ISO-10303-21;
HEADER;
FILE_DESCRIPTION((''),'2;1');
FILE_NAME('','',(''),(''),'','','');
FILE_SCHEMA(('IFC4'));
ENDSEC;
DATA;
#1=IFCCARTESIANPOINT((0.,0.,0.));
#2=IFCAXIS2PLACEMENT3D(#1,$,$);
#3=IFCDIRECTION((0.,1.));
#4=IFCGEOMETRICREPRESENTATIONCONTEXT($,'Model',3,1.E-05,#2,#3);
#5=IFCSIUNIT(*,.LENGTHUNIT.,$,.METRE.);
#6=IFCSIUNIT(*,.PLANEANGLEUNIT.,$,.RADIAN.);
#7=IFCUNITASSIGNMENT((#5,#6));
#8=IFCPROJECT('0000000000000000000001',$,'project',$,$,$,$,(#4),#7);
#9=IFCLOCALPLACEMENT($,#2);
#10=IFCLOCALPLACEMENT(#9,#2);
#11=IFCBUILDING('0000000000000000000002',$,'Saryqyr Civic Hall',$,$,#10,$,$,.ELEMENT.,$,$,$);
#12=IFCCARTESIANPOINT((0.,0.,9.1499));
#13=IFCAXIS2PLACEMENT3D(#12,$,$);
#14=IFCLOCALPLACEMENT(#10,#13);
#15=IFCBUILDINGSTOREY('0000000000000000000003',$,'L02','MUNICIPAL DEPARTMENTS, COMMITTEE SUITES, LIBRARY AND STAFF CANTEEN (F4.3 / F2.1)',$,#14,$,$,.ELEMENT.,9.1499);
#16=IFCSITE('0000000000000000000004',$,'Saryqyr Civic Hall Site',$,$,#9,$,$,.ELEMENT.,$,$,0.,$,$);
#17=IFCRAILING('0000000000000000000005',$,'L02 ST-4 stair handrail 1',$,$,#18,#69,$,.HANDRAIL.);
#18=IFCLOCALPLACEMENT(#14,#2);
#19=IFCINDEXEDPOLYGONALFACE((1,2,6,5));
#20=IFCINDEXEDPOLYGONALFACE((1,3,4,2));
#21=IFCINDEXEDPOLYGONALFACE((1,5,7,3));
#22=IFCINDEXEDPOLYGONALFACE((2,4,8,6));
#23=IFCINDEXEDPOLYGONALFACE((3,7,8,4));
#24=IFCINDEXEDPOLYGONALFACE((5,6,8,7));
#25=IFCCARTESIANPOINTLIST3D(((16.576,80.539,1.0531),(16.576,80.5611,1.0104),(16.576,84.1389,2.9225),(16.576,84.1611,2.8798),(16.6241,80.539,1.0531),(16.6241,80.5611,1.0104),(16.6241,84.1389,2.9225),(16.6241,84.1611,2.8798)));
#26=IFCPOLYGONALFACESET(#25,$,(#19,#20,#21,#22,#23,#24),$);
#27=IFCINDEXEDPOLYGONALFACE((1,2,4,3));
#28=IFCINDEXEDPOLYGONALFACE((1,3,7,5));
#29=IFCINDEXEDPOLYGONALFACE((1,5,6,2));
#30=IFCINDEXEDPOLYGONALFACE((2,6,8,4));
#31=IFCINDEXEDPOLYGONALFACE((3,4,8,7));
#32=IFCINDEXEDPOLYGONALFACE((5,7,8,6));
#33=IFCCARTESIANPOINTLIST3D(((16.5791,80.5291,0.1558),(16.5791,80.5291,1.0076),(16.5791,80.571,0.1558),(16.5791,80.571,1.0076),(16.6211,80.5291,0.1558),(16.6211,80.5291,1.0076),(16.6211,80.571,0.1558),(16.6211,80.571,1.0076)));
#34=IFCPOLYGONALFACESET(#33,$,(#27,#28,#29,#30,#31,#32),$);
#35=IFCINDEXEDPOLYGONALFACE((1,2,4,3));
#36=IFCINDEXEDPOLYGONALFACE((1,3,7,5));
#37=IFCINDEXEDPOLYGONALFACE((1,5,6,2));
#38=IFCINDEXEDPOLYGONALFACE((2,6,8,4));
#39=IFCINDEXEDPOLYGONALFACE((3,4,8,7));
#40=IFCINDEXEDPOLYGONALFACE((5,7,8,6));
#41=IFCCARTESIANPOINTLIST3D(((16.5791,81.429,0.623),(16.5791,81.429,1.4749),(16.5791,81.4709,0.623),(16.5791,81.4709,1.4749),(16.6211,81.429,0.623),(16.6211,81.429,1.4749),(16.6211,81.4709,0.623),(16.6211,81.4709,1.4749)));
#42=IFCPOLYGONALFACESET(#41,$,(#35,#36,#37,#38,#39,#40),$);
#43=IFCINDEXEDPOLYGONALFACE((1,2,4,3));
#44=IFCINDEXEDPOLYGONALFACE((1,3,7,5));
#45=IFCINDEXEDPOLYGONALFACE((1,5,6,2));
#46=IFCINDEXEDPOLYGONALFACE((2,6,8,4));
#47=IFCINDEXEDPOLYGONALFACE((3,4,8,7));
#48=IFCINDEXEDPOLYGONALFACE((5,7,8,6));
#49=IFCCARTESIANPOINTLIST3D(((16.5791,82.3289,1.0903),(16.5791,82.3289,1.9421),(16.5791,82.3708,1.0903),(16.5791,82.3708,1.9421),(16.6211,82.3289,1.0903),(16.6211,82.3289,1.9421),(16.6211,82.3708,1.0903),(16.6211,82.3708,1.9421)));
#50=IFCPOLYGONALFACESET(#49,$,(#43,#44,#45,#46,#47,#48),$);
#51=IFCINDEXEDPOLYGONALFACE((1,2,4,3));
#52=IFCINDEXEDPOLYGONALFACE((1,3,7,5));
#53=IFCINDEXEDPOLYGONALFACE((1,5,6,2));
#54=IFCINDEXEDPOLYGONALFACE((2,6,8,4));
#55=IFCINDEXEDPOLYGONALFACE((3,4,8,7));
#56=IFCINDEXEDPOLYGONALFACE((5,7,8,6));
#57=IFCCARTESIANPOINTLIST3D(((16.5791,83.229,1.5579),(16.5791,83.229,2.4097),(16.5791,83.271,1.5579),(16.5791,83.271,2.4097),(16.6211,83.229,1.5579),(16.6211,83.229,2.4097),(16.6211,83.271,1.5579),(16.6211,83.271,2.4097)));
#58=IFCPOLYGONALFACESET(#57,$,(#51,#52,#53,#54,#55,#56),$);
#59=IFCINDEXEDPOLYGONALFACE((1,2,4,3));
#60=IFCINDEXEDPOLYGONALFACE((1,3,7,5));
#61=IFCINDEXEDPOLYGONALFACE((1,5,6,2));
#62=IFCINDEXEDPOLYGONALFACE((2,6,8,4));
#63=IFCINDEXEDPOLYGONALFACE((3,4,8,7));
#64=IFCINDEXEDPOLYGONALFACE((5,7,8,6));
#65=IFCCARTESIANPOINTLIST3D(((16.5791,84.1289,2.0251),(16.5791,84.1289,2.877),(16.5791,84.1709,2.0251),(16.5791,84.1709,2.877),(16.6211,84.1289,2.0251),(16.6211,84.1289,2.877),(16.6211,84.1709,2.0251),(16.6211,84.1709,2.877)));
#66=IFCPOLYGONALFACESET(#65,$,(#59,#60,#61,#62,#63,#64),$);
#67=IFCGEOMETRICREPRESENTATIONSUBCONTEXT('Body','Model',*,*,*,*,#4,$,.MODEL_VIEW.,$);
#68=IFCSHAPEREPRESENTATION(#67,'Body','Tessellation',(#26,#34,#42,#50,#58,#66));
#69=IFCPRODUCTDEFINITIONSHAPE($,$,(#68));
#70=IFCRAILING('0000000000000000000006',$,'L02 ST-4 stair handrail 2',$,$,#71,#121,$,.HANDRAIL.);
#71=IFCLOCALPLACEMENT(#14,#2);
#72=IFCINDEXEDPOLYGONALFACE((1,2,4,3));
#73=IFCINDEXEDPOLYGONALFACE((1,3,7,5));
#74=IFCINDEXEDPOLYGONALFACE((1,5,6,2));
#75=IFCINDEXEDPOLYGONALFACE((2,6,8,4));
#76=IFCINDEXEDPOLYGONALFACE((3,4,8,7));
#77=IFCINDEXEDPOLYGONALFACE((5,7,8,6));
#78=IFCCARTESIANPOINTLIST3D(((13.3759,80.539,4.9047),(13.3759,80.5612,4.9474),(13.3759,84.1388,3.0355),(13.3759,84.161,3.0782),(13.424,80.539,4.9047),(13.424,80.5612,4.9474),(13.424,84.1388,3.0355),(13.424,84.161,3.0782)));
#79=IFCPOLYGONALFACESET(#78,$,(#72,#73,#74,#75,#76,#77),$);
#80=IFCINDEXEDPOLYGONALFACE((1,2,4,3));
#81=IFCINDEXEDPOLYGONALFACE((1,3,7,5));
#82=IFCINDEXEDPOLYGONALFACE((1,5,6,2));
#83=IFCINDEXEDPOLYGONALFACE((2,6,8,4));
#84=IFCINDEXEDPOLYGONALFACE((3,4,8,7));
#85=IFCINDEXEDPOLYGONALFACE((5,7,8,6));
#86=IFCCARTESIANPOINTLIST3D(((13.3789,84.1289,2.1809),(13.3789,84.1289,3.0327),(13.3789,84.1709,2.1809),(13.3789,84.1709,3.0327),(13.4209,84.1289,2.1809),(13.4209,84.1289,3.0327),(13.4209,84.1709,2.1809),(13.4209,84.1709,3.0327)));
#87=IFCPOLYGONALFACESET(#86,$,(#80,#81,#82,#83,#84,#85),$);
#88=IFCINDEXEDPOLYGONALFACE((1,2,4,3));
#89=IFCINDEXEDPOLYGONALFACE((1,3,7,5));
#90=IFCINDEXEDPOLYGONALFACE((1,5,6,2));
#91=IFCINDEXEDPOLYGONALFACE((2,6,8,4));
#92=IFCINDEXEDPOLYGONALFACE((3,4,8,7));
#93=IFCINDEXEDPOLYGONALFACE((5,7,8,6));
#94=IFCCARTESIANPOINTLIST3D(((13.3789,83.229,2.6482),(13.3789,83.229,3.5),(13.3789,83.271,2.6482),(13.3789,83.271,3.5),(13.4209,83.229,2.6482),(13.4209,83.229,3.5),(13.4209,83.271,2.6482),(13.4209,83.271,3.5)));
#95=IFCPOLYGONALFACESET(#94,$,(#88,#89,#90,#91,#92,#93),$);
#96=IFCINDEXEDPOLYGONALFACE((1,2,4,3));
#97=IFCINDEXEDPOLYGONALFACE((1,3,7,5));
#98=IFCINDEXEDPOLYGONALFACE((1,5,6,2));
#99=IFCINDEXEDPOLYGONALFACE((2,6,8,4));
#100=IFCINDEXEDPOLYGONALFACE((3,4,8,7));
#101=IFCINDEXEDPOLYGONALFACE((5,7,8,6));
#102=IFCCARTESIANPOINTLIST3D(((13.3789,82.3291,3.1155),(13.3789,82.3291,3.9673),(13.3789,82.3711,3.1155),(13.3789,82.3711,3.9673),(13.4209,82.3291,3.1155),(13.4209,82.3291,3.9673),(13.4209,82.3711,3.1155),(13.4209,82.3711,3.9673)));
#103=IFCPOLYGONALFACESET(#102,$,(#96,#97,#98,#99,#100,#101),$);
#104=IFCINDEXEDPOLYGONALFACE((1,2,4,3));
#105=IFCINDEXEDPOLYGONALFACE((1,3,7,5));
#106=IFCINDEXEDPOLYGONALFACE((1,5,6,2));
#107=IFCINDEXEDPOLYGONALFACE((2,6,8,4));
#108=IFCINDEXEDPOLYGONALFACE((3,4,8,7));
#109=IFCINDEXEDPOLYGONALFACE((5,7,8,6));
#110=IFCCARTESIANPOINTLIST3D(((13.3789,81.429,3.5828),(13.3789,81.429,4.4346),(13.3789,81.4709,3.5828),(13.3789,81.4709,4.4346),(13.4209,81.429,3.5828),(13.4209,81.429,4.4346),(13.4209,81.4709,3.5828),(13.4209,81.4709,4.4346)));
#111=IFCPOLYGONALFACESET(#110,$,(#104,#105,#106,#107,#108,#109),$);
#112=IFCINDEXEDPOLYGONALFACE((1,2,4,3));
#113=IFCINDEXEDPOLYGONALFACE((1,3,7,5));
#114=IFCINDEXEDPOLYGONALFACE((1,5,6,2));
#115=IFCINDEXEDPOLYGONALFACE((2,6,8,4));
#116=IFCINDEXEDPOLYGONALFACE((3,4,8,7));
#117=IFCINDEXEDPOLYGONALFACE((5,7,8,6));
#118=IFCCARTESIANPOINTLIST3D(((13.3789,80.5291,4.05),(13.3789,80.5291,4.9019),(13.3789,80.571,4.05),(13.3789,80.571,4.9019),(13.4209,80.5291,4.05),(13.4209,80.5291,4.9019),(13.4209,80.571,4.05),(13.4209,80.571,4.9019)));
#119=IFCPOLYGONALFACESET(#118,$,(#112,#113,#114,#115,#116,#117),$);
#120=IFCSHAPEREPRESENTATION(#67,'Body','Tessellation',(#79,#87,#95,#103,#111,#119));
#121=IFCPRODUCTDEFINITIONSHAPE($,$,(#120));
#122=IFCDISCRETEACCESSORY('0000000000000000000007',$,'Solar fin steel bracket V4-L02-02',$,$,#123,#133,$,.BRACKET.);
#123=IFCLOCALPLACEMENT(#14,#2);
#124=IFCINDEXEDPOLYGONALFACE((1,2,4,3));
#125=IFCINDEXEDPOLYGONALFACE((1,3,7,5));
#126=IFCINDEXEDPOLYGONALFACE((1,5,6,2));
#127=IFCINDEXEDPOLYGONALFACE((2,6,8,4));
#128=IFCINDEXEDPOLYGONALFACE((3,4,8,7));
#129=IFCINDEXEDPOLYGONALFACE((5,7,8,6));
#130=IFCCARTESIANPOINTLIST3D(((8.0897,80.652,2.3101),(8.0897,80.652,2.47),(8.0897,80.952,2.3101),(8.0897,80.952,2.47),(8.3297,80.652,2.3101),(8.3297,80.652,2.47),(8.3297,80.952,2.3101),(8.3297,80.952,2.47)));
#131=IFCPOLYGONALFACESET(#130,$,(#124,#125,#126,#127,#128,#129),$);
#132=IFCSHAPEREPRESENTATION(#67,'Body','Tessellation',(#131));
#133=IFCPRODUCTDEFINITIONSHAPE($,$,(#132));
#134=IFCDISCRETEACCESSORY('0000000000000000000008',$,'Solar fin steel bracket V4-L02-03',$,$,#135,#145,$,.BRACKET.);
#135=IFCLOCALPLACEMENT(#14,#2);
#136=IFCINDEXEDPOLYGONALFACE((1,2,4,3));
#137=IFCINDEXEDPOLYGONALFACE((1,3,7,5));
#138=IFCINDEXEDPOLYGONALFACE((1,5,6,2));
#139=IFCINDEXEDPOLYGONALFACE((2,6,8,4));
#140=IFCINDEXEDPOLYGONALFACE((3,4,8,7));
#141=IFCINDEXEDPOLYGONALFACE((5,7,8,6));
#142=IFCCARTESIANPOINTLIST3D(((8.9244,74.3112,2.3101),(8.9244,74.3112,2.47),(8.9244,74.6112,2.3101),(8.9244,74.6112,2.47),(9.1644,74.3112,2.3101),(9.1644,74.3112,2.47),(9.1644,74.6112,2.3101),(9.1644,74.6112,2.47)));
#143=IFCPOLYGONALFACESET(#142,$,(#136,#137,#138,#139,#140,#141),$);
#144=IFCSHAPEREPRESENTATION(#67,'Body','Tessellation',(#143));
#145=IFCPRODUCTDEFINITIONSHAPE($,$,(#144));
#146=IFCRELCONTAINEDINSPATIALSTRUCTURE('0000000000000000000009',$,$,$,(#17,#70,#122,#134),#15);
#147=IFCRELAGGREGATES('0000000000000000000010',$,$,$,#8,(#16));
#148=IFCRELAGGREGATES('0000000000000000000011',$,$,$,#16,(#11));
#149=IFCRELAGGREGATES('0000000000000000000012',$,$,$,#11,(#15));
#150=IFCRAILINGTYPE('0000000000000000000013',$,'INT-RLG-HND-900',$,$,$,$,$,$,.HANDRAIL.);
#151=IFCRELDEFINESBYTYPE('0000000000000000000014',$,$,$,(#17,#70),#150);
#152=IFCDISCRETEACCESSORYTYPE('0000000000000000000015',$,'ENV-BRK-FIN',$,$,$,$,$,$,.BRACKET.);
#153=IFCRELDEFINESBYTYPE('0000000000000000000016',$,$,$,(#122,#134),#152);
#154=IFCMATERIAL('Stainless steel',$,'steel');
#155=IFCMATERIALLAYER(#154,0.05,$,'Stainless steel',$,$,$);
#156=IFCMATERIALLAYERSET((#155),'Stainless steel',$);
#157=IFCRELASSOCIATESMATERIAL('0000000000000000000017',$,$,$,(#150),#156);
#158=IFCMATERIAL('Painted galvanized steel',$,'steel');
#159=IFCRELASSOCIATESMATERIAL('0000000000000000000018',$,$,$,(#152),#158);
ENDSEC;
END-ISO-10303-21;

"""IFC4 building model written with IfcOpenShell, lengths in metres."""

from ifc_helpers import new_model, si_unit, direction, frame, origin, origin_2d, place, context, subcontext, project, spatial, rectangle, extrude, material, layer, layer_set, type_object, element, save


model = new_model("IFC4")

# Units and contexts
model_context = context("Model", 3, precision=1e-05, world=origin(), true_north=direction((0.0, 1.0)))
body_context = subcontext(model_context, "Body", "Model", "MODEL_VIEW")
ifc_project = project(units=[si_unit("LENGTHUNIT", "METRE"), si_unit("PLANEANGLEUNIT", "RADIAN")], contexts=[model_context])

# Site, building, storey
site_placement = place(None, origin())
site = spatial("IfcSite", under=ifc_project, at=site_placement, Name="Saryqyr Civic Hall Site", CompositionType="ELEMENT", RefElevation=0.0)
building_placement = place(site_placement, origin())
building = spatial("IfcBuilding", under=site, at=building_placement, Name="Saryqyr Civic Hall", CompositionType="ELEMENT")
storey_placement = place(building_placement, frame((0.0, 0.0, 9.1499)))
storey = spatial("IfcBuildingStorey", under=building, at=storey_placement, Name="L02", Description="MUNICIPAL DEPARTMENTS, COMMITTEE SUITES, LIBRARY AND STAFF CANTEEN (F4.3 / F2.1)", CompositionType="ELEMENT", Elevation=9.1499)

# Shared definitions
ifc_material_1 = material(Name="Painted galvanized steel", Category="steel")

# Railings
ifc_material_2 = material(Name="Stainless steel", Category="steel")
ifc_layer_1 = layer(ifc_material_2, 0.05, Name="Stainless steel")
ifc_layer_set_1 = layer_set([ifc_layer_1], Name="Stainless steel")
railing_type_1 = type_object("IfcRailingType", Name="INT-RLG-HND-900", PredefinedType="HANDRAIL", material=ifc_layer_set_1)
railing_1_placement = place(storey_placement, frame((16.6001, 80.55, 0.1558)))
element("IfcRailing", 1, at=railing_1_placement, inside=storey, type_object=railing_type_1, Name="L02 ST-4 stair handrail 1", PredefinedType="HANDRAIL", context=body_context, shape_type="SweptSolid", body=[
    extrude(rectangle(XDim=0.0481, YDim=0.0481, at=origin_2d()), frame((0.0, 0.0, 0.876), z_axis=(0.0, 0.887473, 0.46086), x_axis=(-1.0, 0.0, 0.0)), (0.0, 0.0, 1.0), 4.0564),
    extrude(rectangle(XDim=0.042, YDim=0.042, at=origin_2d()), origin(), (0.0, 0.0, 1.0), 0.8518),
    extrude(rectangle(XDim=0.042, YDim=0.042, at=origin_2d()), frame((0.0, 0.8999, 0.4673)), (0.0, 0.0, 1.0), 0.8518),
    extrude(rectangle(XDim=0.042, YDim=0.042, at=origin_2d()), frame((0.0, 1.7998, 0.9346)), (0.0, 0.0, 1.0), 0.8518),
    extrude(rectangle(XDim=0.042, YDim=0.042, at=origin_2d()), frame((0.0, 2.7, 1.4021)), (0.0, 0.0, 1.0), 0.8518),
    extrude(rectangle(XDim=0.042, YDim=0.042, at=origin_2d()), frame((0.0, 3.5999, 1.8694)), (0.0, 0.0, 1.0), 0.8518),
])
railing_2_placement = place(storey_placement, frame((13.3999, 84.1499, 2.1809)))
element("IfcRailing", 2, at=railing_2_placement, inside=storey, type_object=railing_type_1, Name="L02 ST-4 stair handrail 2", PredefinedType="HANDRAIL", context=body_context, shape_type="SweptSolid", body=[
    extrude(rectangle(XDim=0.0481, YDim=0.0481, at=origin_2d()), frame((0.0, 0.0, 0.876), z_axis=(0.0, -0.887497, 0.460813), x_axis=(1.0, 0.0, 0.0)), (0.0, 0.0, 1.0), 4.0562),
    extrude(rectangle(XDim=0.042, YDim=0.042, at=origin_2d()), origin(), (0.0, 0.0, 1.0), 0.8518),
    extrude(rectangle(XDim=0.042, YDim=0.042, at=origin_2d()), frame((0.0, -0.8999, 0.4673)), (0.0, 0.0, 1.0), 0.8518),
    extrude(rectangle(XDim=0.042, YDim=0.042, at=origin_2d()), frame((0.0, -1.7998, 0.9346)), (0.0, 0.0, 1.0), 0.8518),
    extrude(rectangle(XDim=0.042, YDim=0.042, at=origin_2d()), frame((0.0, -2.7, 1.4019)), (0.0, 0.0, 1.0), 0.8518),
    extrude(rectangle(XDim=0.042, YDim=0.042, at=origin_2d()), frame((0.0, -3.5999, 1.8691)), (0.0, 0.0, 1.0), 0.8518),
])

# Discrete accessories
discrete_accessory_type = type_object("IfcDiscreteAccessoryType", Name="ENV-BRK-FIN", PredefinedType="BRACKET", material=ifc_material_1)
for number, where, z_axis, x_axis, name in (
    (3, (8.2097, 80.802, 2.3101), (0.0, 0.0, 1.0), (1.0, 0.0, 0.0), "Solar fin steel bracket V4-L02-02"),
    (4, (9.0444, 74.4612, 2.3101), (0.0, 0.0, 1.0), (1.0, 0.0, 0.0), "Solar fin steel bracket V4-L02-03"),
):
    element("IfcDiscreteAccessory", number, at=place(storey_placement, frame(where, z_axis=z_axis, x_axis=x_axis)), inside=storey, type_object=discrete_accessory_type, Name=name, PredefinedType="BRACKET", context=body_context, shape_type="SweptSolid", body=[
        extrude(rectangle(XDim=0.24, YDim=0.3, at=origin_2d()), origin(), (0.0, 0.0, 1.0), 0.1599),
    ])

save(model, "model.ifc")
